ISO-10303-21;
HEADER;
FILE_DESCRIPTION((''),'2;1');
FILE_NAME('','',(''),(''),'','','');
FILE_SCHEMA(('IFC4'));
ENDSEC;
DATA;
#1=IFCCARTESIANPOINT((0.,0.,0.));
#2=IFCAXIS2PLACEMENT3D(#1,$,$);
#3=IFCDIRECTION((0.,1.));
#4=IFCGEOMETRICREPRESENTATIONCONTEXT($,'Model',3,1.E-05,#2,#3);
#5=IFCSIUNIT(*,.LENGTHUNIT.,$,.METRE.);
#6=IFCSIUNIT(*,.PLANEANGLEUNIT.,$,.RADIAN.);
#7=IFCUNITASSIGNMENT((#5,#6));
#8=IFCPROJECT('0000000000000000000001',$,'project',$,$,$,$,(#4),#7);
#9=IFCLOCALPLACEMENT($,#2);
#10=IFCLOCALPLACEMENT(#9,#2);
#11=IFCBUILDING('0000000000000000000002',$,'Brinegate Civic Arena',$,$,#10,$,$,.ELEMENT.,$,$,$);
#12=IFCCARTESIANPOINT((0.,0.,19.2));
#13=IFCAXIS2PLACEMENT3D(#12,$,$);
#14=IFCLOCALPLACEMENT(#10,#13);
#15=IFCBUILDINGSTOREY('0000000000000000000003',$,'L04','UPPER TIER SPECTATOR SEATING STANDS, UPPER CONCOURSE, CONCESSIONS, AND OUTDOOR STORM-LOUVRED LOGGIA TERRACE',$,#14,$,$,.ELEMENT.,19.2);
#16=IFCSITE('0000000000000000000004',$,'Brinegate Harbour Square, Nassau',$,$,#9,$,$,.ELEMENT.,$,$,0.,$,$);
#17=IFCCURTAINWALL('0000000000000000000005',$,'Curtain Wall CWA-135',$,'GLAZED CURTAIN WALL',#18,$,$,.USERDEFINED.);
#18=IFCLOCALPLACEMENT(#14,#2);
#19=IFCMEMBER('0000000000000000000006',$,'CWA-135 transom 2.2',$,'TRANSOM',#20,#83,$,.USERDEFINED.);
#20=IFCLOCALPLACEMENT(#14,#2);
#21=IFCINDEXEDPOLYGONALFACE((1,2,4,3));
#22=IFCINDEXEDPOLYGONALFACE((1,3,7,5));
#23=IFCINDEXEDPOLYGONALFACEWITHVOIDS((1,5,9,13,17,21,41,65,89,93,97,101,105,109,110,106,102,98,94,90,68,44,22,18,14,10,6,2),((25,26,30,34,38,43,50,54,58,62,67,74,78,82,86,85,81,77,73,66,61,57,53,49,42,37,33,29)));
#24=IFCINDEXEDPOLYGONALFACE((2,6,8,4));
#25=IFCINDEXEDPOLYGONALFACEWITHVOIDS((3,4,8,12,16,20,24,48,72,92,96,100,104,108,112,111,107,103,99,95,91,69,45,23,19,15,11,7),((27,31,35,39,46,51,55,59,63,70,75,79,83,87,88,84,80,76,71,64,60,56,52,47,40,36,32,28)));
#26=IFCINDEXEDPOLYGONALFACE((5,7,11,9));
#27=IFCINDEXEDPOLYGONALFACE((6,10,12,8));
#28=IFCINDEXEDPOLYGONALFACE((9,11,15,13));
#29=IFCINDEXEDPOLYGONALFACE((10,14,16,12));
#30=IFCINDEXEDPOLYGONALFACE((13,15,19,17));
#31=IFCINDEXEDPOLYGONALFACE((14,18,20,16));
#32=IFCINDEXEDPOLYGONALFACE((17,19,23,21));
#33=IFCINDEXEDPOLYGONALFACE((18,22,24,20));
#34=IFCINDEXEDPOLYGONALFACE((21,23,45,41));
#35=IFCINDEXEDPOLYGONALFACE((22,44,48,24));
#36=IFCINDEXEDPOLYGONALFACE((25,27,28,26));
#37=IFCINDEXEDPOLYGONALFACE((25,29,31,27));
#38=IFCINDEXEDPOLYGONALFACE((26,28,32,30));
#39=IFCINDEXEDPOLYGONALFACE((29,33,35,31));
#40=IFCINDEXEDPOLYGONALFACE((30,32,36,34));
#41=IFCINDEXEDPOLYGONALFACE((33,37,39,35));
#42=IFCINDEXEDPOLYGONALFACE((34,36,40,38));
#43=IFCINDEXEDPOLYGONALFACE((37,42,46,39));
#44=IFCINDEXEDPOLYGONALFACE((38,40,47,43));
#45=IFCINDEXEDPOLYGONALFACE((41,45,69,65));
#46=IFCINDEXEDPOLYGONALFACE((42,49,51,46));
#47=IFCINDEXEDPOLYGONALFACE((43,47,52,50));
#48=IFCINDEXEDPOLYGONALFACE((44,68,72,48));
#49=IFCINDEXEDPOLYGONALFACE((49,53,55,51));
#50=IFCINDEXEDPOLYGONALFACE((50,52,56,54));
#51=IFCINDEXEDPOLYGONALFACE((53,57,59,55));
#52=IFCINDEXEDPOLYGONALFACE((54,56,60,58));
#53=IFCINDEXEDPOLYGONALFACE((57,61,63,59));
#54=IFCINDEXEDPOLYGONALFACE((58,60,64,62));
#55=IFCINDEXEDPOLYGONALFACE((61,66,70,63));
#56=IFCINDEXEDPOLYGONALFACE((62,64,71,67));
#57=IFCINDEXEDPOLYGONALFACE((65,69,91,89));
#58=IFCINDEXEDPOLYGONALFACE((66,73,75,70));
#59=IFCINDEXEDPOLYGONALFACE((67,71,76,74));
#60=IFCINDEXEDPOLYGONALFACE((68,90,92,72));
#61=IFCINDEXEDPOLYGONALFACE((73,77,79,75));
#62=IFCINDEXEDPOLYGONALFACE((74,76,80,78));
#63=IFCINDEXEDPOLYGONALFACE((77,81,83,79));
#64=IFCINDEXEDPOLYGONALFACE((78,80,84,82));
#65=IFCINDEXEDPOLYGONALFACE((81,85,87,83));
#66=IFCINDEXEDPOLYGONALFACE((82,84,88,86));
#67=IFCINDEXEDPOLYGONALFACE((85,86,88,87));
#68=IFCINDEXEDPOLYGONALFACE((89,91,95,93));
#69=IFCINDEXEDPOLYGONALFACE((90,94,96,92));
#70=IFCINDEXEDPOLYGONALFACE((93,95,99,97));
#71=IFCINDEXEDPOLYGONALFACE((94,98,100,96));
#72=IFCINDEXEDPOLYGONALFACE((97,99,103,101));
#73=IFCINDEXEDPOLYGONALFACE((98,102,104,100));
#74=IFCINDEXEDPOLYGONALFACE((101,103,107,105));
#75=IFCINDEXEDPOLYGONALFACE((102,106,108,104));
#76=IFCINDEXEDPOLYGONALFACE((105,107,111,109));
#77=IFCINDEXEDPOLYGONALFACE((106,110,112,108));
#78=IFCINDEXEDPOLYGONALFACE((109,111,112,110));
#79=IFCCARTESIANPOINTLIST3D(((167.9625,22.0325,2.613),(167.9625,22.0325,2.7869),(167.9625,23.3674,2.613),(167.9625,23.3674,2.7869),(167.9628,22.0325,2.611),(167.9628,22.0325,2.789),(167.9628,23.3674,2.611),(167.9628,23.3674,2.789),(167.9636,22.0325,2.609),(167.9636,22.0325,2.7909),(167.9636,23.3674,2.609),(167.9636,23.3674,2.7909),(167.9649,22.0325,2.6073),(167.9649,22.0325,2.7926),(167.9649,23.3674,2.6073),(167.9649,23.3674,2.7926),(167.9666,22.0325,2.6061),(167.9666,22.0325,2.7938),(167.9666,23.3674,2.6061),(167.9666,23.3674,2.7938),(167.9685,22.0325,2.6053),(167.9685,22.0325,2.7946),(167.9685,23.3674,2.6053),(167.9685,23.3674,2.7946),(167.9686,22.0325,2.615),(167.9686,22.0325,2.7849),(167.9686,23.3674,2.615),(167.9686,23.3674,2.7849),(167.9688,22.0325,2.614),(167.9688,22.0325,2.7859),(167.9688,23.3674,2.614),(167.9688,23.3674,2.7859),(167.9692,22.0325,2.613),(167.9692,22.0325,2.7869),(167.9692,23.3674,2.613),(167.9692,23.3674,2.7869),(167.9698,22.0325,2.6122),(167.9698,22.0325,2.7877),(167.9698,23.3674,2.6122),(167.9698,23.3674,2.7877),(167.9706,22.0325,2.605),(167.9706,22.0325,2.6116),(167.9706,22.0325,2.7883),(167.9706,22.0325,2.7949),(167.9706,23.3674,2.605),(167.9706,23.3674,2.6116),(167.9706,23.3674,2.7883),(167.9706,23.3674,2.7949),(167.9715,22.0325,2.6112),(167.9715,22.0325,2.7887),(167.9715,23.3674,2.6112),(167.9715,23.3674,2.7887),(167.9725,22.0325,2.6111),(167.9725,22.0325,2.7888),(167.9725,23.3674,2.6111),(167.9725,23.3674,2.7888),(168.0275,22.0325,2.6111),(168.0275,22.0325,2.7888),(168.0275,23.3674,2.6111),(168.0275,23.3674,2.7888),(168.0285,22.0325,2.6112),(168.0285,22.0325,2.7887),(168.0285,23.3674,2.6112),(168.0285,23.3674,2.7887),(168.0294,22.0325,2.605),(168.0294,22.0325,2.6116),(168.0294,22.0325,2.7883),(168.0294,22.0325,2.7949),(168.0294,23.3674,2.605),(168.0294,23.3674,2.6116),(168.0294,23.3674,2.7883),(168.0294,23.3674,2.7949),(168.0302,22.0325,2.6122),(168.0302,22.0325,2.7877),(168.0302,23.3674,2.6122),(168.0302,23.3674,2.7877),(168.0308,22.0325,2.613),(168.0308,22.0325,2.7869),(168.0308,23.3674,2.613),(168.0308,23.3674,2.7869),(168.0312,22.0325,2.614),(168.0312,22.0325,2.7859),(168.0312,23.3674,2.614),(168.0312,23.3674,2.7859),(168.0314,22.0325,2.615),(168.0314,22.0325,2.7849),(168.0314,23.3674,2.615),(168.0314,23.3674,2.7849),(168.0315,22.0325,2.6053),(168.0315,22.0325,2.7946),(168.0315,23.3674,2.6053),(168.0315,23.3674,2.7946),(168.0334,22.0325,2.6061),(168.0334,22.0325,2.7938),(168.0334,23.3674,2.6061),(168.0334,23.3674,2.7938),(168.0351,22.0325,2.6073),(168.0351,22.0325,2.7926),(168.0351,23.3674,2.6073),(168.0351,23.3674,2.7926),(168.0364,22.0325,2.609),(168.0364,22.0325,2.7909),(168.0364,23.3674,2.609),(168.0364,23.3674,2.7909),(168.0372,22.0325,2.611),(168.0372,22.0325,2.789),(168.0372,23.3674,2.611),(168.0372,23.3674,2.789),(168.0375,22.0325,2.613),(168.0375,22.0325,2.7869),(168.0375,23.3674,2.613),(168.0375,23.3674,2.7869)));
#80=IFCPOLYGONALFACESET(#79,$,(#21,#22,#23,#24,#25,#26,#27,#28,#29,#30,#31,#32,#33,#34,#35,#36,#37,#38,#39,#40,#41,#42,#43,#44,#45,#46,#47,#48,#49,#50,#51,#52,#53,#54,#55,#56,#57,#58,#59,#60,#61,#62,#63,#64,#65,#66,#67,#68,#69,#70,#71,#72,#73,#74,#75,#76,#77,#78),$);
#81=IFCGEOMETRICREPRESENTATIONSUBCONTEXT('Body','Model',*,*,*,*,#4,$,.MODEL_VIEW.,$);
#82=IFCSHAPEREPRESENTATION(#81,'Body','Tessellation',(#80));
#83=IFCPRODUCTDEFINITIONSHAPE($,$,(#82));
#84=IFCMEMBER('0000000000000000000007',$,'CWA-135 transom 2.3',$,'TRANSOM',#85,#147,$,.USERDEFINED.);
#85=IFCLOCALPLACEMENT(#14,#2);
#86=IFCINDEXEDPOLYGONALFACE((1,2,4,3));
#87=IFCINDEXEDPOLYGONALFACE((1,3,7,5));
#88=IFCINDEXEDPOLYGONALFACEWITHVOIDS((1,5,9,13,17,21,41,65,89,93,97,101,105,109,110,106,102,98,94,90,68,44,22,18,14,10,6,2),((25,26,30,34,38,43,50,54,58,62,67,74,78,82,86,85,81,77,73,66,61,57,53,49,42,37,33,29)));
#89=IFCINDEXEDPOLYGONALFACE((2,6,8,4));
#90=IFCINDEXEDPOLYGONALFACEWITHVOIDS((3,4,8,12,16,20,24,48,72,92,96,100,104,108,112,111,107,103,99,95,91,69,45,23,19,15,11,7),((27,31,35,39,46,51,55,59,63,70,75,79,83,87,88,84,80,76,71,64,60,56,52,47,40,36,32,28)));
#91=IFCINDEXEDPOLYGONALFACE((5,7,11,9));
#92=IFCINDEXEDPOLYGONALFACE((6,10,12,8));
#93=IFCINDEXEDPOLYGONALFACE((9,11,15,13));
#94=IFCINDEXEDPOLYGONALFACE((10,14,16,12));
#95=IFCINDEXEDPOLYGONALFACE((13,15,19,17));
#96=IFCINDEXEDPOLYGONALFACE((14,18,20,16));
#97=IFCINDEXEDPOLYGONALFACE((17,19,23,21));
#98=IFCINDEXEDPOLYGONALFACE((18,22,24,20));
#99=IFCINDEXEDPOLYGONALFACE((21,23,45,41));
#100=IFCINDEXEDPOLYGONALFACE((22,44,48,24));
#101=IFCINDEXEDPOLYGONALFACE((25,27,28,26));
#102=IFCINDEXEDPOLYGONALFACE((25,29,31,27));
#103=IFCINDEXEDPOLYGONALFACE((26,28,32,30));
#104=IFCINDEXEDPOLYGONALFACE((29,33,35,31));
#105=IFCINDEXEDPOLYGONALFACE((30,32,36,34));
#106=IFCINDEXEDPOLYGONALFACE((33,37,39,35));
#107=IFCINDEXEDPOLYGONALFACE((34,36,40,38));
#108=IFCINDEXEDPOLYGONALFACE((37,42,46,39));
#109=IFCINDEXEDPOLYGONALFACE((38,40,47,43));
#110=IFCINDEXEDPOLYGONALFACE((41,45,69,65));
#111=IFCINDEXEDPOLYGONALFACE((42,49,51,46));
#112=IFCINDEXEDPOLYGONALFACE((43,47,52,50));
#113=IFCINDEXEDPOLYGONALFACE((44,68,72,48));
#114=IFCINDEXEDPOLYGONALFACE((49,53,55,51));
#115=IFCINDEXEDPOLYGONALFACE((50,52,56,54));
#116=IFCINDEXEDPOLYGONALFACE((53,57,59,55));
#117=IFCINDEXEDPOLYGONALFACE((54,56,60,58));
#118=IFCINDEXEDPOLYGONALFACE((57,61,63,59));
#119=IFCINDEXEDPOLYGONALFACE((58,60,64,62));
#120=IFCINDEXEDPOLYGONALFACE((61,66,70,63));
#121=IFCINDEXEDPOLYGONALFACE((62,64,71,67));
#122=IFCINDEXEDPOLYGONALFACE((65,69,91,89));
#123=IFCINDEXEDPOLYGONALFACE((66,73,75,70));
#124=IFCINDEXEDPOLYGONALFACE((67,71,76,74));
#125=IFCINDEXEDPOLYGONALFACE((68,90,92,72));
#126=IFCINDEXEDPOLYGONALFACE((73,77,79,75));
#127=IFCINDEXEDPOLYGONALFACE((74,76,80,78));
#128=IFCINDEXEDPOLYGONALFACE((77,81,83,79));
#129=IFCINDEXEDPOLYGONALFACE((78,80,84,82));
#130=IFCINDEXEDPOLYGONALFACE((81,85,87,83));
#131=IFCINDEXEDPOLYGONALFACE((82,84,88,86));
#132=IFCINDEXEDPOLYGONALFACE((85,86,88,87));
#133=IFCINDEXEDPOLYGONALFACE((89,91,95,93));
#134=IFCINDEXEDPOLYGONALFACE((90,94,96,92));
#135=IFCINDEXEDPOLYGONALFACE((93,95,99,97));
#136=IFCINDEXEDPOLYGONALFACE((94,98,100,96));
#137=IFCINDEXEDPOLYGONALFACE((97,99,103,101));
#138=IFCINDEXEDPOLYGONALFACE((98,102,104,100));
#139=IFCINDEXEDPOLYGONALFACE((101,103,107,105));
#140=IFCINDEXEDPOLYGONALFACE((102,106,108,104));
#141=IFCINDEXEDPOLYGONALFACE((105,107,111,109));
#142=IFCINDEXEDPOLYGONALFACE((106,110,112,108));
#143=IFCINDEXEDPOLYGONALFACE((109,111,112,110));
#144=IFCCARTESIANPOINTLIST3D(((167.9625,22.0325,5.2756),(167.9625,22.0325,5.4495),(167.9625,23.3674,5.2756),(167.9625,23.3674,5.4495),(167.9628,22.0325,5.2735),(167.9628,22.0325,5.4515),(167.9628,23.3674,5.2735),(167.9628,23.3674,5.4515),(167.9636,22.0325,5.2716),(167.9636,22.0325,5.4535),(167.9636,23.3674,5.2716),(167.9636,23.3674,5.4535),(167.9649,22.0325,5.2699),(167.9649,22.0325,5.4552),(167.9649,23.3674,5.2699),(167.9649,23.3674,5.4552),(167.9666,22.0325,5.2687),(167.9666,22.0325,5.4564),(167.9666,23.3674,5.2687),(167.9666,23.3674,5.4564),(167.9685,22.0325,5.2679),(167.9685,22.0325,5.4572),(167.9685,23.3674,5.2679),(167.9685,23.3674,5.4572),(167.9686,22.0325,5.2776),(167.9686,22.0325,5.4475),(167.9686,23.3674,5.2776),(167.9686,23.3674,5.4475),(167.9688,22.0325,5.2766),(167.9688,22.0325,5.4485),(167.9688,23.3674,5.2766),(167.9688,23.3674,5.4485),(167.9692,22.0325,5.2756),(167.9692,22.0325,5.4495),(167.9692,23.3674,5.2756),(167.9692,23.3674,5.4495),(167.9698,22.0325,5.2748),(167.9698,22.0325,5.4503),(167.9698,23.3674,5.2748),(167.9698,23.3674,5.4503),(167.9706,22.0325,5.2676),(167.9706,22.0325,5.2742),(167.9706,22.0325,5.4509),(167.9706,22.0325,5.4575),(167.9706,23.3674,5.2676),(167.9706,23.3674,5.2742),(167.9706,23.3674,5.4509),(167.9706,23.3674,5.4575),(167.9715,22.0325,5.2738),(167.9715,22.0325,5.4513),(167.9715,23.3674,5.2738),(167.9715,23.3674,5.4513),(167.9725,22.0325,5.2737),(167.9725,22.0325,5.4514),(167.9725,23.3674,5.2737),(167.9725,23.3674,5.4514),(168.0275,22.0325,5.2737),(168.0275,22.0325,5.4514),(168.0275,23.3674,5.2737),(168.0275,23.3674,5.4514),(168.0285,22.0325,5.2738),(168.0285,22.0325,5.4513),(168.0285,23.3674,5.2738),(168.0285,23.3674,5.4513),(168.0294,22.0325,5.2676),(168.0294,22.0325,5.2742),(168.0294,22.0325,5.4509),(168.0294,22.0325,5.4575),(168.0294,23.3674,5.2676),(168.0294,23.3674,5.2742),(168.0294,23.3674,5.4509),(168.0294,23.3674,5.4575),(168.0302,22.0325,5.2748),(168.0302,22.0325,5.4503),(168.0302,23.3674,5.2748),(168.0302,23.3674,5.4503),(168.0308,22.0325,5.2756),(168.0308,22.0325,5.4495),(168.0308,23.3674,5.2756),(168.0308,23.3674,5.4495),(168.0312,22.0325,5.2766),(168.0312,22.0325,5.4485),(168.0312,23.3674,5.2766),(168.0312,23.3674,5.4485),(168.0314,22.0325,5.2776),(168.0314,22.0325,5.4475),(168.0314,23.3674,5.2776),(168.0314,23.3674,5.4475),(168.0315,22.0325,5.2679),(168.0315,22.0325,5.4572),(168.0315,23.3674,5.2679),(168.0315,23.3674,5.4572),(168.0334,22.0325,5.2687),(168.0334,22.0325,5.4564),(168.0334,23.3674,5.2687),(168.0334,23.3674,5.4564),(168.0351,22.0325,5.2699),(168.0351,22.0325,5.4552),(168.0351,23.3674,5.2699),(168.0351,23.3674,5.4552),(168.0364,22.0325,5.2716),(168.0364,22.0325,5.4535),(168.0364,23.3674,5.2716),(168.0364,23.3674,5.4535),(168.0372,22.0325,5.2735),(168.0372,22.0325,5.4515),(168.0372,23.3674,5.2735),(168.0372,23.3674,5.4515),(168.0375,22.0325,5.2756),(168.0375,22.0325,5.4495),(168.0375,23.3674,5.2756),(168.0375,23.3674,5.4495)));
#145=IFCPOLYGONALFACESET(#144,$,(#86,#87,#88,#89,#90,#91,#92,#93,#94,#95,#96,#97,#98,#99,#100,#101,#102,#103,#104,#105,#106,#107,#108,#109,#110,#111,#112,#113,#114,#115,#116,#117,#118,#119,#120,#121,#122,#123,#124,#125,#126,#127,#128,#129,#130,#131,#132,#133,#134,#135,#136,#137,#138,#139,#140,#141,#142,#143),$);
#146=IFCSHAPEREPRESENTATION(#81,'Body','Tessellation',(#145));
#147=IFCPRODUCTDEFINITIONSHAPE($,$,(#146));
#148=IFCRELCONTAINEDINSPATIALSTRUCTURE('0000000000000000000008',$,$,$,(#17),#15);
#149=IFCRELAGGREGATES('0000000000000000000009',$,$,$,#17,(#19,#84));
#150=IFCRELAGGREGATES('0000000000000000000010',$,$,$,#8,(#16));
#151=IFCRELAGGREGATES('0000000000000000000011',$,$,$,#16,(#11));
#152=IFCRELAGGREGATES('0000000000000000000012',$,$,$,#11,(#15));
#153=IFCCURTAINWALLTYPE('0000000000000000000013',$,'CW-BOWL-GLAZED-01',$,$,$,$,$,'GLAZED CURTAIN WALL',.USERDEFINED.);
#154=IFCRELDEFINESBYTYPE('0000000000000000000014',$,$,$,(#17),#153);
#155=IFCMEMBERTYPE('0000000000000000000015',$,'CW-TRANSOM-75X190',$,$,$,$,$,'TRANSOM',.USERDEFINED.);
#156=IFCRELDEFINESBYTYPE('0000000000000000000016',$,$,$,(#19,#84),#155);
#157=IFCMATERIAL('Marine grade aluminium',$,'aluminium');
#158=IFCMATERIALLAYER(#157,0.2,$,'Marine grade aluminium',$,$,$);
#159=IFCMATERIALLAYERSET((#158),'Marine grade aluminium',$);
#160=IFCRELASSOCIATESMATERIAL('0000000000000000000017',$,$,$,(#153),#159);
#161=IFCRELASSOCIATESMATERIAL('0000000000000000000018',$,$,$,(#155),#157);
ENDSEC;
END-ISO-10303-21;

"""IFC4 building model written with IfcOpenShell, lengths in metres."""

from ifc_helpers import new_model, si_unit, direction, frame, origin, origin_2d, place, context, subcontext, project, spatial, hollow_rectangle, extrude, material, layer, layer_set, material_profile, profile_set, type_object, element, aggregate, save


model = new_model("IFC4")

# Units and contexts
model_context = context("Model", 3, precision=1e-05, world=origin(), true_north=direction((0.0, 1.0)))
body_context = subcontext(model_context, "Body", "Model", "MODEL_VIEW")
ifc_project = project(units=[si_unit("LENGTHUNIT", "METRE"), si_unit("PLANEANGLEUNIT", "RADIAN")], contexts=[model_context])

# Site, building, storey
site_placement = place(None, origin())
site = spatial("IfcSite", under=ifc_project, at=site_placement, Name="Brinegate Harbour Square, Nassau", CompositionType="ELEMENT", RefElevation=0.0)
building_placement = place(site_placement, origin())
building = spatial("IfcBuilding", under=site, at=building_placement, Name="Brinegate Civic Arena", CompositionType="ELEMENT")
storey_placement = place(building_placement, frame((0.0, 0.0, 19.2)))
storey = spatial("IfcBuildingStorey", under=building, at=storey_placement, Name="L04", Description="UPPER TIER SPECTATOR SEATING STANDS, UPPER CONCOURSE, CONCESSIONS, AND OUTDOOR STORM-LOUVRED LOGGIA TERRACE", CompositionType="ELEMENT", Elevation=19.2)

# Curtain wall, members
ifc_material_1 = material(Name="Marine grade aluminium", Category="aluminium")
ifc_layer_1 = layer(ifc_material_1, 0.2, Name="Marine grade aluminium")
ifc_layer_set_1 = layer_set([ifc_layer_1], Name="Marine grade aluminium")
curtain_wall_type = type_object("IfcCurtainWallType", Name="CW-BOWL-GLAZED-01", ElementType="GLAZED CURTAIN WALL", PredefinedType="USERDEFINED", material=ifc_layer_set_1)
curtain_wall_placement = place(storey_placement, origin())
curtain_wall = element("IfcCurtainWall", 1, at=curtain_wall_placement, inside=storey, type_object=curtain_wall_type, Name="Curtain Wall CWA-135", ObjectType="GLAZED CURTAIN WALL", PredefinedType="USERDEFINED")
ifc_material_profile_1 = material_profile(ifc_material_1, hollow_rectangle(XDim=0.075, YDim=0.1899, WallThickness=0.0061, InnerFilletRadius=0.0039, OuterFilletRadius=0.0081, at=origin_2d()), Name="TRN75X190")
ifc_profile_set_1 = profile_set([ifc_material_profile_1], Name="Marine grade aluminium")
member_type_1 = type_object("IfcMemberType", Name="CW-TRANSOM-75X190", ElementType="TRANSOM", PredefinedType="USERDEFINED", material=ifc_profile_set_1)
member_1_placement = place(storey_placement, frame((168.0, 22.0325, 2.7), z_axis=(0.0, 1.0, 0.0), x_axis=(-1.0, 0.0, 0.0)))
member_1 = element("IfcMember", 2, at=member_1_placement, type_object=member_type_1, Name="CWA-135 transom 2.2", ObjectType="TRANSOM", PredefinedType="USERDEFINED", context=body_context, shape_type="SweptSolid", body=[
    extrude(hollow_rectangle(XDim=0.075, YDim=0.1899, WallThickness=0.0061, InnerFilletRadius=0.0039, OuterFilletRadius=0.0081, at=origin_2d()), origin(), (0.0, 0.0, 1.0), 1.335),
])
member_2_placement = place(storey_placement, frame((168.0, 22.0325, 5.3625), z_axis=(0.0, 1.0, 0.0), x_axis=(-1.0, 0.0, 0.0)))
member_2 = element("IfcMember", 3, at=member_2_placement, type_object=member_type_1, Name="CWA-135 transom 2.3", ObjectType="TRANSOM", PredefinedType="USERDEFINED", context=body_context, shape_type="SweptSolid", body=[
    extrude(hollow_rectangle(XDim=0.075, YDim=0.1899, WallThickness=0.0061, InnerFilletRadius=0.0039, OuterFilletRadius=0.0081, at=origin_2d()), origin(), (0.0, 0.0, 1.0), 1.335),
])

aggregate(curtain_wall, [member_1, member_2])

save(model, "model.ifc")
